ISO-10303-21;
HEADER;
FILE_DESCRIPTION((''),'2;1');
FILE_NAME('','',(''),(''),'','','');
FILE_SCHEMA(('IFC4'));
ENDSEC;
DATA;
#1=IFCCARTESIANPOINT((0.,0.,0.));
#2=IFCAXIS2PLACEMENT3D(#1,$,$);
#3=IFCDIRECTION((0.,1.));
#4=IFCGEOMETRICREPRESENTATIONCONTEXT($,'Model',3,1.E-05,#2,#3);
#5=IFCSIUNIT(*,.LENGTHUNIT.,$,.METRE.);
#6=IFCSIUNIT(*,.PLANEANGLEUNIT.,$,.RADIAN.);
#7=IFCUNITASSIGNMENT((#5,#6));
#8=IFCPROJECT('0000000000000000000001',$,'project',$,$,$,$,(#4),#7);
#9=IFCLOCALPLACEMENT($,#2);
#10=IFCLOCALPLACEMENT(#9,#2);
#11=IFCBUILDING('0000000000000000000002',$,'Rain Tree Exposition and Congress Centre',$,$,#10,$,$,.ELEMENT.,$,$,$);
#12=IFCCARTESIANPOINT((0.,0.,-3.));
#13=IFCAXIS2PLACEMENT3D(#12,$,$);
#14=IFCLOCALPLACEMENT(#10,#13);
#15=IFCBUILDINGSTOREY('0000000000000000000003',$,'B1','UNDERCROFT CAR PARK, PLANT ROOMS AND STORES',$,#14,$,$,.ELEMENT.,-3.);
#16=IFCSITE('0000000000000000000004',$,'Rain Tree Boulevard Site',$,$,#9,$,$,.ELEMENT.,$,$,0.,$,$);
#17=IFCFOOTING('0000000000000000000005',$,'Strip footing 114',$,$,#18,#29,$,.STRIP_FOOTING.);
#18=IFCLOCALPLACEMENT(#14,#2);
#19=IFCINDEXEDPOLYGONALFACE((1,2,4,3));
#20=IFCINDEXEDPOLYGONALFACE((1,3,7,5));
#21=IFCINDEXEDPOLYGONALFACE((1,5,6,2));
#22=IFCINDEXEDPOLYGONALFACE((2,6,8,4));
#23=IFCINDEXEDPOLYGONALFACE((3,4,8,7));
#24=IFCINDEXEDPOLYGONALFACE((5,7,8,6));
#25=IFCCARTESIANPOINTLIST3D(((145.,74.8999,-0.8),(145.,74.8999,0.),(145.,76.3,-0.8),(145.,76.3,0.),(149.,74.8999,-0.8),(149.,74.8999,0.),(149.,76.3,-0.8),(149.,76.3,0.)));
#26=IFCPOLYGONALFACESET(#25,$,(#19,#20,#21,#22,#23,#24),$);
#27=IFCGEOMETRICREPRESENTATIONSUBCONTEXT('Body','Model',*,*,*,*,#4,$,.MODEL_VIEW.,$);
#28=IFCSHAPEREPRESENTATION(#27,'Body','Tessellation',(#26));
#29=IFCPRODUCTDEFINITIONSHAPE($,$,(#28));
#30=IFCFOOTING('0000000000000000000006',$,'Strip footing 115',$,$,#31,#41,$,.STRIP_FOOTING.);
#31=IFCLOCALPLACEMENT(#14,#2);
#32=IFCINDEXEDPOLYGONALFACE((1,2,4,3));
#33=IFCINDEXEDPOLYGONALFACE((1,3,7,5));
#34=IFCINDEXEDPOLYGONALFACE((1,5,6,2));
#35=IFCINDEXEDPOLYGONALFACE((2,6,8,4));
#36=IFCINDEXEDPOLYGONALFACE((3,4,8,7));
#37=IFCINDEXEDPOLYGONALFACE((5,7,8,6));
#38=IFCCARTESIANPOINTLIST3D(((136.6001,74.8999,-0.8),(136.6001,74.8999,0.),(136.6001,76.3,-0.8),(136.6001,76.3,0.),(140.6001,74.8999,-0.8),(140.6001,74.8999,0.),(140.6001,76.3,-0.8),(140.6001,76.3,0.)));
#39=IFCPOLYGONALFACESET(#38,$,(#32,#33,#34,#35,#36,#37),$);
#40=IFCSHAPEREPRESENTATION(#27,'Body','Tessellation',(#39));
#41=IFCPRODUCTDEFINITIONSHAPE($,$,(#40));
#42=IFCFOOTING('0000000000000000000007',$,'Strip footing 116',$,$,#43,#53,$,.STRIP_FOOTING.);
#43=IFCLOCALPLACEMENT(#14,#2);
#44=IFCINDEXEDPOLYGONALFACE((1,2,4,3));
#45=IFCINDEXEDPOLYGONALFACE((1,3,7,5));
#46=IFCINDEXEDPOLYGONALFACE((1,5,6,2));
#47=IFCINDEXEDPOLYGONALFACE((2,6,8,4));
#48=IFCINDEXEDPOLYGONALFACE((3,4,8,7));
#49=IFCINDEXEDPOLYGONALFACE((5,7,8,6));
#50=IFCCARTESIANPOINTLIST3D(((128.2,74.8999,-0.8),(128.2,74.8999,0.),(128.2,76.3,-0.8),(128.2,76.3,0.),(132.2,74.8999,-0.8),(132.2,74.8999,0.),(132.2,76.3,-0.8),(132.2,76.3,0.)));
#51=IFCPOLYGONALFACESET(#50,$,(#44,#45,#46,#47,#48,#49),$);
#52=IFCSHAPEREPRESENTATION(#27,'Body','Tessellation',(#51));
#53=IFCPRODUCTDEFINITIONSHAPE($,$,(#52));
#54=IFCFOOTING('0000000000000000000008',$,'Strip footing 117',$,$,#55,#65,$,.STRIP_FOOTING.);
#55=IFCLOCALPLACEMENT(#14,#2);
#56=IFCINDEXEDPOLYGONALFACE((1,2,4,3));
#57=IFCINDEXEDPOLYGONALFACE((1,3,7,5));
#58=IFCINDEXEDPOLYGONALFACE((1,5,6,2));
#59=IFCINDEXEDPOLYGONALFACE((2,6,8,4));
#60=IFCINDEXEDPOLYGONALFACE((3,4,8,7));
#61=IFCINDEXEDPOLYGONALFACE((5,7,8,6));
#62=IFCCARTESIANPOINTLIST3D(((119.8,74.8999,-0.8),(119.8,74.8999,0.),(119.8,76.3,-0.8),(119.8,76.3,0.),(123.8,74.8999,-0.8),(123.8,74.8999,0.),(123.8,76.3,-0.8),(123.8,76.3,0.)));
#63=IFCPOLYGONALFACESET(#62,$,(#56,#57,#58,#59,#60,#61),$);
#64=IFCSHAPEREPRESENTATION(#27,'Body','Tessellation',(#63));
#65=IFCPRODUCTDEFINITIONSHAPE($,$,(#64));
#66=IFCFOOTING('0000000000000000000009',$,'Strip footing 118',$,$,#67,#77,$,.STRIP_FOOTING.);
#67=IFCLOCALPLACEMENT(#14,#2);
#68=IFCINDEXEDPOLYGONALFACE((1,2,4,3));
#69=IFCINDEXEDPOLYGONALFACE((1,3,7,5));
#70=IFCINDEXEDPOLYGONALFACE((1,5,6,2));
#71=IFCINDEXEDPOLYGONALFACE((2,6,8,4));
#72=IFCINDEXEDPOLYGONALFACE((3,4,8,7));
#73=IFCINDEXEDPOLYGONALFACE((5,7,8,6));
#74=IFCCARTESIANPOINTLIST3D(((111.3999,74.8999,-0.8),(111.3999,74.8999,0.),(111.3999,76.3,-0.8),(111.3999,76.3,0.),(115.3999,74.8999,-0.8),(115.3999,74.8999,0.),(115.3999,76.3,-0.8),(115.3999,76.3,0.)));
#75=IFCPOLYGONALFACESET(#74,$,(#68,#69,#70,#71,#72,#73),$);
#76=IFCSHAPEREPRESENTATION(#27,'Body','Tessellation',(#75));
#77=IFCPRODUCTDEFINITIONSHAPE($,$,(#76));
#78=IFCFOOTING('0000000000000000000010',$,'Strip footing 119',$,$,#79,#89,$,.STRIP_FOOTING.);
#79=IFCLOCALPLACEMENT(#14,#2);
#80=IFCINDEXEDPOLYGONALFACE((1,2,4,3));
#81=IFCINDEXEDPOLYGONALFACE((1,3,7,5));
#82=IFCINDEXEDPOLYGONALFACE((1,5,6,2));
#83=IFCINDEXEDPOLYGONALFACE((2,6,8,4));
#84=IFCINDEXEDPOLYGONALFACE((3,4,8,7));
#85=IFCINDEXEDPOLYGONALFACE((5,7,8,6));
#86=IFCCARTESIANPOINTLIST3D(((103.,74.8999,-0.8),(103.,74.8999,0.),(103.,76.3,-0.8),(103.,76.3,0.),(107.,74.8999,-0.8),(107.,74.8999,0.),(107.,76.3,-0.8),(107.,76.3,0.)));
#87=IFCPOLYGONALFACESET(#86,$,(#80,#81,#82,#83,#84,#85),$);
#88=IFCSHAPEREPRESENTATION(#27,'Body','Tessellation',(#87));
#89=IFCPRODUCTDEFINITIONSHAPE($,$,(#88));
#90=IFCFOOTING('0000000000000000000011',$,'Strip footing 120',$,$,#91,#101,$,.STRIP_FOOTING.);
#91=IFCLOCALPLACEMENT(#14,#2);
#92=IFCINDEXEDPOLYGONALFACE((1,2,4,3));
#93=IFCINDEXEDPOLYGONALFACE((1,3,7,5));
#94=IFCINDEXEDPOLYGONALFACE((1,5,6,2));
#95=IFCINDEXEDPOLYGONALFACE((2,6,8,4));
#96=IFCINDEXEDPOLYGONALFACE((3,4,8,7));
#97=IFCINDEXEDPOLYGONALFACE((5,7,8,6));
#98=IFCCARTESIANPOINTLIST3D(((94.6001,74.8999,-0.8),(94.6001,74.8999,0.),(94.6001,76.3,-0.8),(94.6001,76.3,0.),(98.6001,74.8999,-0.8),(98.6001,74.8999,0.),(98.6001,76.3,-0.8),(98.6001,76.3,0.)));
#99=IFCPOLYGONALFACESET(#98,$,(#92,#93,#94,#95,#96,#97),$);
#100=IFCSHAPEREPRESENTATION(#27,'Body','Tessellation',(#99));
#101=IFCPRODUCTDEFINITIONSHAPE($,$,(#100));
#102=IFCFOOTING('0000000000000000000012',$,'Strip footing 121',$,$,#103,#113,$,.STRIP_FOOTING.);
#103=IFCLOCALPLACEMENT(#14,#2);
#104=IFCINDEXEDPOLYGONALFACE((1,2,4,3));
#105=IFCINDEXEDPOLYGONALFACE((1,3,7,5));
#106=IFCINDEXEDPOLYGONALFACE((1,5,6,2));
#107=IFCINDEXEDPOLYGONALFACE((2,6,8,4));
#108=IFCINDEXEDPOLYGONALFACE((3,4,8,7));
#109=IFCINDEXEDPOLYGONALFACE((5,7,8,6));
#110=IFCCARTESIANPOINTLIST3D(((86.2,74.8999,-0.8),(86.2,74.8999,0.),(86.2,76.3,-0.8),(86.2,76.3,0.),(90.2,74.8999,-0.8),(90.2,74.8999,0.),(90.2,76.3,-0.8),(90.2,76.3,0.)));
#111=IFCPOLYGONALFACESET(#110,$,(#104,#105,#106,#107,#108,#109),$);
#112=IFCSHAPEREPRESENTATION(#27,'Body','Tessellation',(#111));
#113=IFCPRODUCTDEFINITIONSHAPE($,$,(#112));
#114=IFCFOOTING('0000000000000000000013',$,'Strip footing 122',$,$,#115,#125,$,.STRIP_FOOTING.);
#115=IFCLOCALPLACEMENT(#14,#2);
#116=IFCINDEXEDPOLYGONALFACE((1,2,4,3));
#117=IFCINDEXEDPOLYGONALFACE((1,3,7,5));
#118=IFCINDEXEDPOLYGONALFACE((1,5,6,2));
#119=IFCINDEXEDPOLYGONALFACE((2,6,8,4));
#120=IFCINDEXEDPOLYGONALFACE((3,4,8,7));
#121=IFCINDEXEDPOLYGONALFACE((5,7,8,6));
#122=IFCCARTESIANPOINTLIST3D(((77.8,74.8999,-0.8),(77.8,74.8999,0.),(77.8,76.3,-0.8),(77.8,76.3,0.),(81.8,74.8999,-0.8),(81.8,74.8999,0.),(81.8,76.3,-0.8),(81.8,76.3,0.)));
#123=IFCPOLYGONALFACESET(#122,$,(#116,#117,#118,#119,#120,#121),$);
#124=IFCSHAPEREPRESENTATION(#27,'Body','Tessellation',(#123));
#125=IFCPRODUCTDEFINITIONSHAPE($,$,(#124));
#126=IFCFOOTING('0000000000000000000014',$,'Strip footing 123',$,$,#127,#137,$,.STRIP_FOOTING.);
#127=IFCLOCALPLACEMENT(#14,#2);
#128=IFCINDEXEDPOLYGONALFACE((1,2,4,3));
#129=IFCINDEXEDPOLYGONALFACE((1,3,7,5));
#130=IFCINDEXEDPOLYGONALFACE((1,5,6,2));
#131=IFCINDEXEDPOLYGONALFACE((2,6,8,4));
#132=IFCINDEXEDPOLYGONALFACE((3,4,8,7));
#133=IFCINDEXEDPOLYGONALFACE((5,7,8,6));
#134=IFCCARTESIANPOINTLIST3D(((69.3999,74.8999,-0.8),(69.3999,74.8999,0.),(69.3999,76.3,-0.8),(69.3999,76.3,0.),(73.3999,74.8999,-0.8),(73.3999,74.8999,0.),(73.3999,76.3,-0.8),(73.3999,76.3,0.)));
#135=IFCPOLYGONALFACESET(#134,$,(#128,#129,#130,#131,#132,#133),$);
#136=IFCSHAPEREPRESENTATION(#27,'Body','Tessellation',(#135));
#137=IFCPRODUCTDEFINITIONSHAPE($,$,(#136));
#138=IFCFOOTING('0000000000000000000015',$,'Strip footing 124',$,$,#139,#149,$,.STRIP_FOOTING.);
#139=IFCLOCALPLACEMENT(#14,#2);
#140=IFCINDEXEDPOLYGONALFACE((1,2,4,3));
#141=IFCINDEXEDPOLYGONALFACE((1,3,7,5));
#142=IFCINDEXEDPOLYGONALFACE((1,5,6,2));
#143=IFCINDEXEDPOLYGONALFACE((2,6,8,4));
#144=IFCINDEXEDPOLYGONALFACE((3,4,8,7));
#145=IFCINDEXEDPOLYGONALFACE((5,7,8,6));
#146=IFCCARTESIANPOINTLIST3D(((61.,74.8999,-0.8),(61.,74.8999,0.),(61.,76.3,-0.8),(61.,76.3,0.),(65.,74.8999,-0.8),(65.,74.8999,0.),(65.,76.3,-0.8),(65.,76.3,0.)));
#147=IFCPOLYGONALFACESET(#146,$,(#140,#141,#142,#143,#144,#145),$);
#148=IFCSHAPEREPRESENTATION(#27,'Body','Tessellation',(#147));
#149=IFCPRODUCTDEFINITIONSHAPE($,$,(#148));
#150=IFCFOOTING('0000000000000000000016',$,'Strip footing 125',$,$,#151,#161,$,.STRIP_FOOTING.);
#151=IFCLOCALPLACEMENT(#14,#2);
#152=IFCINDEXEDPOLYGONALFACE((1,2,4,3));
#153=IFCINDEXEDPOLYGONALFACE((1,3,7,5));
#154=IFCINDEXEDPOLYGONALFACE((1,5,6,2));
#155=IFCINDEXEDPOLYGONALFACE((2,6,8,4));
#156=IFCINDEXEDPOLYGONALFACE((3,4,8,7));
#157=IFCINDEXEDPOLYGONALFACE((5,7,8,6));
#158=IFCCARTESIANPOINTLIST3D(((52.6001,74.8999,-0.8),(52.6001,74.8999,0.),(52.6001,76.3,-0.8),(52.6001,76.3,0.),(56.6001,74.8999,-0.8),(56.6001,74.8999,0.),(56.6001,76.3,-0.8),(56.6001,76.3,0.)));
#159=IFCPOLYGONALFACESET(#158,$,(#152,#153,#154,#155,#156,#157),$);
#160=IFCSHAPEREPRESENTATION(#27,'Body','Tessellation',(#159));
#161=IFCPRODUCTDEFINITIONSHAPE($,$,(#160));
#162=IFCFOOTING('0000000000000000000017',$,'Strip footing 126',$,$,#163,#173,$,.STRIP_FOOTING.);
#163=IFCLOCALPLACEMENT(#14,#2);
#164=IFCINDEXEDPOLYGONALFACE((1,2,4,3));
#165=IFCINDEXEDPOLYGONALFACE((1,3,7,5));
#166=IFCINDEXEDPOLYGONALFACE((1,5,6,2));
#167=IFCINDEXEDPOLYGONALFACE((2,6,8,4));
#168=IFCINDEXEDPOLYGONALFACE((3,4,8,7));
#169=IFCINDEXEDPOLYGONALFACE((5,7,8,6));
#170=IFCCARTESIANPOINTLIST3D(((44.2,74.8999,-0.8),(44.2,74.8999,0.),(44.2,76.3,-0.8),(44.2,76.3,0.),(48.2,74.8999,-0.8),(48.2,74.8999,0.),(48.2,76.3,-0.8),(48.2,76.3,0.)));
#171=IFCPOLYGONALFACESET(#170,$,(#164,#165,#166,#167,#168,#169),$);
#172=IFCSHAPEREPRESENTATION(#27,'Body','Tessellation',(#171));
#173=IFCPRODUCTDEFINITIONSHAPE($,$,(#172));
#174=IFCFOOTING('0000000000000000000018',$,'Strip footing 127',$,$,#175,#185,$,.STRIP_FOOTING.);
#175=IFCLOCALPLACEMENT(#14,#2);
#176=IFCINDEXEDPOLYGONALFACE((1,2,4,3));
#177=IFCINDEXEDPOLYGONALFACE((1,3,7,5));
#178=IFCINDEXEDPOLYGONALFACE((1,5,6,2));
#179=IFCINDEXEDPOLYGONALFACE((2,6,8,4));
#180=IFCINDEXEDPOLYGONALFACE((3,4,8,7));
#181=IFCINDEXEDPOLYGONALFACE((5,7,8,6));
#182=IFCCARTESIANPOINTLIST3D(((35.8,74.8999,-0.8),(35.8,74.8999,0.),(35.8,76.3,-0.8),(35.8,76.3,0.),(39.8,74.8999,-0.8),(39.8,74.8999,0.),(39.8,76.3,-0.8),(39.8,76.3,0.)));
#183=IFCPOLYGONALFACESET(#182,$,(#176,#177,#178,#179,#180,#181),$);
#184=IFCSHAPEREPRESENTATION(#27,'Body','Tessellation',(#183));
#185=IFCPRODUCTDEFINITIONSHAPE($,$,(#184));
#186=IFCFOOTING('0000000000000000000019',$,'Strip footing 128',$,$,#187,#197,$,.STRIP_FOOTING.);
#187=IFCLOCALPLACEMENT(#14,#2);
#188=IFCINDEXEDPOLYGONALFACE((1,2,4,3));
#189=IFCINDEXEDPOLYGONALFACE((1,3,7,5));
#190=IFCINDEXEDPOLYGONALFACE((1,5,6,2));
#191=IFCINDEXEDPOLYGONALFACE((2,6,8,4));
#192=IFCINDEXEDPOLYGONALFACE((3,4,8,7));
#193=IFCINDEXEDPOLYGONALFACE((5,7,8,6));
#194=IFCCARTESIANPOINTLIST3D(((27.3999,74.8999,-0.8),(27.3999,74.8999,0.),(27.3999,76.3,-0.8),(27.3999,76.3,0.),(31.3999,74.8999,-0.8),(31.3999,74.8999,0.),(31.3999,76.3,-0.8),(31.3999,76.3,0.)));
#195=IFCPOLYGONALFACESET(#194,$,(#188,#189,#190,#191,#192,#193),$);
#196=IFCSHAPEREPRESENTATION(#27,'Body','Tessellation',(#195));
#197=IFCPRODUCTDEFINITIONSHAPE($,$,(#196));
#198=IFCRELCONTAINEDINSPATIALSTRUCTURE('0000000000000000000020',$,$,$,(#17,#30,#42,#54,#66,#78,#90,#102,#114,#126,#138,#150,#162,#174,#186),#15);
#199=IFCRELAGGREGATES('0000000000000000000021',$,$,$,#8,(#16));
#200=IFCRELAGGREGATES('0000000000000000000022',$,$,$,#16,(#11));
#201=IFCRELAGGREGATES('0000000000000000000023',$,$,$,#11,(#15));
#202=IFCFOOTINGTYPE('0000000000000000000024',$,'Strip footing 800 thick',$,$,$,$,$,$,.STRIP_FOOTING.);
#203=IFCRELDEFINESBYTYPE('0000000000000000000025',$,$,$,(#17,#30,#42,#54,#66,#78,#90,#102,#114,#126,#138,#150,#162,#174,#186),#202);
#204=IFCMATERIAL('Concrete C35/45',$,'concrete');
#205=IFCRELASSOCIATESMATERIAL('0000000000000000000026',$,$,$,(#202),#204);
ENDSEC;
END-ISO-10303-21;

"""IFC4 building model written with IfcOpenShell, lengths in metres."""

from ifc_helpers import new_model, si_unit, direction, frame, origin, place, context, subcontext, project, spatial, polyline, outline, extrude, material, type_object, element, save


model = new_model("IFC4")

# Units and contexts
model_context = context("Model", 3, precision=1e-05, world=origin(), true_north=direction((0.0, 1.0)))
body_context = subcontext(model_context, "Body", "Model", "MODEL_VIEW")
ifc_project = project(units=[si_unit("LENGTHUNIT", "METRE"), si_unit("PLANEANGLEUNIT", "RADIAN")], contexts=[model_context])

# Site, building, storey
site_placement = place(None, origin())
site = spatial("IfcSite", under=ifc_project, at=site_placement, Name="Rain Tree Boulevard Site", CompositionType="ELEMENT", RefElevation=0.0)
building_placement = place(site_placement, origin())
building = spatial("IfcBuilding", under=site, at=building_placement, Name="Rain Tree Exposition and Congress Centre", CompositionType="ELEMENT")
storey_placement = place(building_placement, frame((0.0, 0.0, -3.0)))
storey = spatial("IfcBuildingStorey", under=building, at=storey_placement, Name="B1", Description="UNDERCROFT CAR PARK, PLANT ROOMS AND STORES", CompositionType="ELEMENT", Elevation=-3.0)

# Footings
ifc_material_1 = material(Name="Concrete C35/45", Category="concrete")
footing_type_1 = type_object("IfcFootingType", Name="Strip footing 800 thick", PredefinedType="STRIP_FOOTING", material=ifc_material_1)
footing_1_placement = place(storey_placement, frame((0.0, 0.0, -0.8)))
element("IfcFooting", 1, at=footing_1_placement, inside=storey, type_object=footing_type_1, Name="Strip footing 114", PredefinedType="STRIP_FOOTING", context=body_context, shape_type="SweptSolid", body=[
    extrude(outline(polyline([(149.0, 74.8999), (149.0, 76.3), (145.0, 76.3), (145.0, 74.8999), (149.0, 74.8999)])), origin(), (0.0, 0.0, 1.0), 0.8),
])
footing_2_placement = place(storey_placement, frame((0.0, 0.0, -0.8)))
element("IfcFooting", 2, at=footing_2_placement, inside=storey, type_object=footing_type_1, Name="Strip footing 115", PredefinedType="STRIP_FOOTING", context=body_context, shape_type="SweptSolid", body=[
    extrude(outline(polyline([(140.6001, 74.8999), (140.6001, 76.3), (136.6001, 76.3), (136.6001, 74.8999), (140.6001, 74.8999)])), origin(), (0.0, 0.0, 1.0), 0.8),
])
footing_3_placement = place(storey_placement, frame((0.0, 0.0, -0.8)))
element("IfcFooting", 3, at=footing_3_placement, inside=storey, type_object=footing_type_1, Name="Strip footing 116", PredefinedType="STRIP_FOOTING", context=body_context, shape_type="SweptSolid", body=[
    extrude(outline(polyline([(132.2, 74.8999), (132.2, 76.3), (128.2, 76.3), (128.2, 74.8999), (132.2, 74.8999)])), origin(), (0.0, 0.0, 1.0), 0.8),
])
footing_4_placement = place(storey_placement, frame((0.0, 0.0, -0.8)))
element("IfcFooting", 4, at=footing_4_placement, inside=storey, type_object=footing_type_1, Name="Strip footing 117", PredefinedType="STRIP_FOOTING", context=body_context, shape_type="SweptSolid", body=[
    extrude(outline(polyline([(123.8, 74.8999), (123.8, 76.3), (119.8, 76.3), (119.8, 74.8999), (123.8, 74.8999)])), origin(), (0.0, 0.0, 1.0), 0.8),
])
footing_5_placement = place(storey_placement, frame((0.0, 0.0, -0.8)))
element("IfcFooting", 5, at=footing_5_placement, inside=storey, type_object=footing_type_1, Name="Strip footing 118", PredefinedType="STRIP_FOOTING", context=body_context, shape_type="SweptSolid", body=[
    extrude(outline(polyline([(115.3999, 74.8999), (115.3999, 76.3), (111.3999, 76.3), (111.3999, 74.8999), (115.3999, 74.8999)])), origin(), (0.0, 0.0, 1.0), 0.8),
])
footing_6_placement = place(storey_placement, frame((0.0, 0.0, -0.8)))
element("IfcFooting", 6, at=footing_6_placement, inside=storey, type_object=footing_type_1, Name="Strip footing 119", PredefinedType="STRIP_FOOTING", context=body_context, shape_type="SweptSolid", body=[
    extrude(outline(polyline([(107.0, 74.8999), (107.0, 76.3), (103.0, 76.3), (103.0, 74.8999), (107.0, 74.8999)])), origin(), (0.0, 0.0, 1.0), 0.8),
])
footing_7_placement = place(storey_placement, frame((0.0, 0.0, -0.8)))
element("IfcFooting", 7, at=footing_7_placement, inside=storey, type_object=footing_type_1, Name="Strip footing 120", PredefinedType="STRIP_FOOTING", context=body_context, shape_type="SweptSolid", body=[
    extrude(outline(polyline([(98.6001, 74.8999), (98.6001, 76.3), (94.6001, 76.3), (94.6001, 74.8999), (98.6001, 74.8999)])), origin(), (0.0, 0.0, 1.0), 0.8),
])
footing_8_placement = place(storey_placement, frame((0.0, 0.0, -0.8)))
element("IfcFooting", 8, at=footing_8_placement, inside=storey, type_object=footing_type_1, Name="Strip footing 121", PredefinedType="STRIP_FOOTING", context=body_context, shape_type="SweptSolid", body=[
    extrude(outline(polyline([(90.2, 74.8999), (90.2, 76.3), (86.2, 76.3), (86.2, 74.8999), (90.2, 74.8999)])), origin(), (0.0, 0.0, 1.0), 0.8),
])
footing_9_placement = place(storey_placement, frame((0.0, 0.0, -0.8)))
element("IfcFooting", 9, at=footing_9_placement, inside=storey, type_object=footing_type_1, Name="Strip footing 122", PredefinedType="STRIP_FOOTING", context=body_context, shape_type="SweptSolid", body=[
    extrude(outline(polyline([(81.8, 74.8999), (81.8, 76.3), (77.8, 76.3), (77.8, 74.8999), (81.8, 74.8999)])), origin(), (0.0, 0.0, 1.0), 0.8),
])
footing_10_placement = place(storey_placement, frame((0.0, 0.0, -0.8)))
element("IfcFooting", 10, at=footing_10_placement, inside=storey, type_object=footing_type_1, Name="Strip footing 123", PredefinedType="STRIP_FOOTING", context=body_context, shape_type="SweptSolid", body=[
    extrude(outline(polyline([(73.3999, 74.8999), (73.3999, 76.3), (69.3999, 76.3), (69.3999, 74.8999), (73.3999, 74.8999)])), origin(), (0.0, 0.0, 1.0), 0.8),
])
footing_11_placement = place(storey_placement, frame((0.0, 0.0, -0.8)))
element("IfcFooting", 11, at=footing_11_placement, inside=storey, type_object=footing_type_1, Name="Strip footing 124", PredefinedType="STRIP_FOOTING", context=body_context, shape_type="SweptSolid", body=[
    extrude(outline(polyline([(65.0, 74.8999), (65.0, 76.3), (61.0, 76.3), (61.0, 74.8999), (65.0, 74.8999)])), origin(), (0.0, 0.0, 1.0), 0.8),
])
footing_12_placement = place(storey_placement, frame((0.0, 0.0, -0.8)))
element("IfcFooting", 12, at=footing_12_placement, inside=storey, type_object=footing_type_1, Name="Strip footing 125", PredefinedType="STRIP_FOOTING", context=body_context, shape_type="SweptSolid", body=[
    extrude(outline(polyline([(56.6001, 74.8999), (56.6001, 76.3), (52.6001, 76.3), (52.6001, 74.8999), (56.6001, 74.8999)])), origin(), (0.0, 0.0, 1.0), 0.8),
])
footing_13_placement = place(storey_placement, frame((0.0, 0.0, -0.8)))
element("IfcFooting", 13, at=footing_13_placement, inside=storey, type_object=footing_type_1, Name="Strip footing 126", PredefinedType="STRIP_FOOTING", context=body_context, shape_type="SweptSolid", body=[
    extrude(outline(polyline([(48.2, 74.8999), (48.2, 76.3), (44.2, 76.3), (44.2, 74.8999), (48.2, 74.8999)])), origin(), (0.0, 0.0, 1.0), 0.8),
])
footing_14_placement = place(storey_placement, frame((0.0, 0.0, -0.8)))
element("IfcFooting", 14, at=footing_14_placement, inside=storey, type_object=footing_type_1, Name="Strip footing 127", PredefinedType="STRIP_FOOTING", context=body_context, shape_type="SweptSolid", body=[
    extrude(outline(polyline([(39.8, 74.8999), (39.8, 76.3), (35.8, 76.3), (35.8, 74.8999), (39.8, 74.8999)])), origin(), (0.0, 0.0, 1.0), 0.8),
])
footing_15_placement = place(storey_placement, frame((0.0, 0.0, -0.8)))
element("IfcFooting", 15, at=footing_15_placement, inside=storey, type_object=footing_type_1, Name="Strip footing 128", PredefinedType="STRIP_FOOTING", context=body_context, shape_type="SweptSolid", body=[
    extrude(outline(polyline([(31.3999, 74.8999), (31.3999, 76.3), (27.3999, 76.3), (27.3999, 74.8999), (31.3999, 74.8999)])), origin(), (0.0, 0.0, 1.0), 0.8),
])

save(model, "model.ifc")
